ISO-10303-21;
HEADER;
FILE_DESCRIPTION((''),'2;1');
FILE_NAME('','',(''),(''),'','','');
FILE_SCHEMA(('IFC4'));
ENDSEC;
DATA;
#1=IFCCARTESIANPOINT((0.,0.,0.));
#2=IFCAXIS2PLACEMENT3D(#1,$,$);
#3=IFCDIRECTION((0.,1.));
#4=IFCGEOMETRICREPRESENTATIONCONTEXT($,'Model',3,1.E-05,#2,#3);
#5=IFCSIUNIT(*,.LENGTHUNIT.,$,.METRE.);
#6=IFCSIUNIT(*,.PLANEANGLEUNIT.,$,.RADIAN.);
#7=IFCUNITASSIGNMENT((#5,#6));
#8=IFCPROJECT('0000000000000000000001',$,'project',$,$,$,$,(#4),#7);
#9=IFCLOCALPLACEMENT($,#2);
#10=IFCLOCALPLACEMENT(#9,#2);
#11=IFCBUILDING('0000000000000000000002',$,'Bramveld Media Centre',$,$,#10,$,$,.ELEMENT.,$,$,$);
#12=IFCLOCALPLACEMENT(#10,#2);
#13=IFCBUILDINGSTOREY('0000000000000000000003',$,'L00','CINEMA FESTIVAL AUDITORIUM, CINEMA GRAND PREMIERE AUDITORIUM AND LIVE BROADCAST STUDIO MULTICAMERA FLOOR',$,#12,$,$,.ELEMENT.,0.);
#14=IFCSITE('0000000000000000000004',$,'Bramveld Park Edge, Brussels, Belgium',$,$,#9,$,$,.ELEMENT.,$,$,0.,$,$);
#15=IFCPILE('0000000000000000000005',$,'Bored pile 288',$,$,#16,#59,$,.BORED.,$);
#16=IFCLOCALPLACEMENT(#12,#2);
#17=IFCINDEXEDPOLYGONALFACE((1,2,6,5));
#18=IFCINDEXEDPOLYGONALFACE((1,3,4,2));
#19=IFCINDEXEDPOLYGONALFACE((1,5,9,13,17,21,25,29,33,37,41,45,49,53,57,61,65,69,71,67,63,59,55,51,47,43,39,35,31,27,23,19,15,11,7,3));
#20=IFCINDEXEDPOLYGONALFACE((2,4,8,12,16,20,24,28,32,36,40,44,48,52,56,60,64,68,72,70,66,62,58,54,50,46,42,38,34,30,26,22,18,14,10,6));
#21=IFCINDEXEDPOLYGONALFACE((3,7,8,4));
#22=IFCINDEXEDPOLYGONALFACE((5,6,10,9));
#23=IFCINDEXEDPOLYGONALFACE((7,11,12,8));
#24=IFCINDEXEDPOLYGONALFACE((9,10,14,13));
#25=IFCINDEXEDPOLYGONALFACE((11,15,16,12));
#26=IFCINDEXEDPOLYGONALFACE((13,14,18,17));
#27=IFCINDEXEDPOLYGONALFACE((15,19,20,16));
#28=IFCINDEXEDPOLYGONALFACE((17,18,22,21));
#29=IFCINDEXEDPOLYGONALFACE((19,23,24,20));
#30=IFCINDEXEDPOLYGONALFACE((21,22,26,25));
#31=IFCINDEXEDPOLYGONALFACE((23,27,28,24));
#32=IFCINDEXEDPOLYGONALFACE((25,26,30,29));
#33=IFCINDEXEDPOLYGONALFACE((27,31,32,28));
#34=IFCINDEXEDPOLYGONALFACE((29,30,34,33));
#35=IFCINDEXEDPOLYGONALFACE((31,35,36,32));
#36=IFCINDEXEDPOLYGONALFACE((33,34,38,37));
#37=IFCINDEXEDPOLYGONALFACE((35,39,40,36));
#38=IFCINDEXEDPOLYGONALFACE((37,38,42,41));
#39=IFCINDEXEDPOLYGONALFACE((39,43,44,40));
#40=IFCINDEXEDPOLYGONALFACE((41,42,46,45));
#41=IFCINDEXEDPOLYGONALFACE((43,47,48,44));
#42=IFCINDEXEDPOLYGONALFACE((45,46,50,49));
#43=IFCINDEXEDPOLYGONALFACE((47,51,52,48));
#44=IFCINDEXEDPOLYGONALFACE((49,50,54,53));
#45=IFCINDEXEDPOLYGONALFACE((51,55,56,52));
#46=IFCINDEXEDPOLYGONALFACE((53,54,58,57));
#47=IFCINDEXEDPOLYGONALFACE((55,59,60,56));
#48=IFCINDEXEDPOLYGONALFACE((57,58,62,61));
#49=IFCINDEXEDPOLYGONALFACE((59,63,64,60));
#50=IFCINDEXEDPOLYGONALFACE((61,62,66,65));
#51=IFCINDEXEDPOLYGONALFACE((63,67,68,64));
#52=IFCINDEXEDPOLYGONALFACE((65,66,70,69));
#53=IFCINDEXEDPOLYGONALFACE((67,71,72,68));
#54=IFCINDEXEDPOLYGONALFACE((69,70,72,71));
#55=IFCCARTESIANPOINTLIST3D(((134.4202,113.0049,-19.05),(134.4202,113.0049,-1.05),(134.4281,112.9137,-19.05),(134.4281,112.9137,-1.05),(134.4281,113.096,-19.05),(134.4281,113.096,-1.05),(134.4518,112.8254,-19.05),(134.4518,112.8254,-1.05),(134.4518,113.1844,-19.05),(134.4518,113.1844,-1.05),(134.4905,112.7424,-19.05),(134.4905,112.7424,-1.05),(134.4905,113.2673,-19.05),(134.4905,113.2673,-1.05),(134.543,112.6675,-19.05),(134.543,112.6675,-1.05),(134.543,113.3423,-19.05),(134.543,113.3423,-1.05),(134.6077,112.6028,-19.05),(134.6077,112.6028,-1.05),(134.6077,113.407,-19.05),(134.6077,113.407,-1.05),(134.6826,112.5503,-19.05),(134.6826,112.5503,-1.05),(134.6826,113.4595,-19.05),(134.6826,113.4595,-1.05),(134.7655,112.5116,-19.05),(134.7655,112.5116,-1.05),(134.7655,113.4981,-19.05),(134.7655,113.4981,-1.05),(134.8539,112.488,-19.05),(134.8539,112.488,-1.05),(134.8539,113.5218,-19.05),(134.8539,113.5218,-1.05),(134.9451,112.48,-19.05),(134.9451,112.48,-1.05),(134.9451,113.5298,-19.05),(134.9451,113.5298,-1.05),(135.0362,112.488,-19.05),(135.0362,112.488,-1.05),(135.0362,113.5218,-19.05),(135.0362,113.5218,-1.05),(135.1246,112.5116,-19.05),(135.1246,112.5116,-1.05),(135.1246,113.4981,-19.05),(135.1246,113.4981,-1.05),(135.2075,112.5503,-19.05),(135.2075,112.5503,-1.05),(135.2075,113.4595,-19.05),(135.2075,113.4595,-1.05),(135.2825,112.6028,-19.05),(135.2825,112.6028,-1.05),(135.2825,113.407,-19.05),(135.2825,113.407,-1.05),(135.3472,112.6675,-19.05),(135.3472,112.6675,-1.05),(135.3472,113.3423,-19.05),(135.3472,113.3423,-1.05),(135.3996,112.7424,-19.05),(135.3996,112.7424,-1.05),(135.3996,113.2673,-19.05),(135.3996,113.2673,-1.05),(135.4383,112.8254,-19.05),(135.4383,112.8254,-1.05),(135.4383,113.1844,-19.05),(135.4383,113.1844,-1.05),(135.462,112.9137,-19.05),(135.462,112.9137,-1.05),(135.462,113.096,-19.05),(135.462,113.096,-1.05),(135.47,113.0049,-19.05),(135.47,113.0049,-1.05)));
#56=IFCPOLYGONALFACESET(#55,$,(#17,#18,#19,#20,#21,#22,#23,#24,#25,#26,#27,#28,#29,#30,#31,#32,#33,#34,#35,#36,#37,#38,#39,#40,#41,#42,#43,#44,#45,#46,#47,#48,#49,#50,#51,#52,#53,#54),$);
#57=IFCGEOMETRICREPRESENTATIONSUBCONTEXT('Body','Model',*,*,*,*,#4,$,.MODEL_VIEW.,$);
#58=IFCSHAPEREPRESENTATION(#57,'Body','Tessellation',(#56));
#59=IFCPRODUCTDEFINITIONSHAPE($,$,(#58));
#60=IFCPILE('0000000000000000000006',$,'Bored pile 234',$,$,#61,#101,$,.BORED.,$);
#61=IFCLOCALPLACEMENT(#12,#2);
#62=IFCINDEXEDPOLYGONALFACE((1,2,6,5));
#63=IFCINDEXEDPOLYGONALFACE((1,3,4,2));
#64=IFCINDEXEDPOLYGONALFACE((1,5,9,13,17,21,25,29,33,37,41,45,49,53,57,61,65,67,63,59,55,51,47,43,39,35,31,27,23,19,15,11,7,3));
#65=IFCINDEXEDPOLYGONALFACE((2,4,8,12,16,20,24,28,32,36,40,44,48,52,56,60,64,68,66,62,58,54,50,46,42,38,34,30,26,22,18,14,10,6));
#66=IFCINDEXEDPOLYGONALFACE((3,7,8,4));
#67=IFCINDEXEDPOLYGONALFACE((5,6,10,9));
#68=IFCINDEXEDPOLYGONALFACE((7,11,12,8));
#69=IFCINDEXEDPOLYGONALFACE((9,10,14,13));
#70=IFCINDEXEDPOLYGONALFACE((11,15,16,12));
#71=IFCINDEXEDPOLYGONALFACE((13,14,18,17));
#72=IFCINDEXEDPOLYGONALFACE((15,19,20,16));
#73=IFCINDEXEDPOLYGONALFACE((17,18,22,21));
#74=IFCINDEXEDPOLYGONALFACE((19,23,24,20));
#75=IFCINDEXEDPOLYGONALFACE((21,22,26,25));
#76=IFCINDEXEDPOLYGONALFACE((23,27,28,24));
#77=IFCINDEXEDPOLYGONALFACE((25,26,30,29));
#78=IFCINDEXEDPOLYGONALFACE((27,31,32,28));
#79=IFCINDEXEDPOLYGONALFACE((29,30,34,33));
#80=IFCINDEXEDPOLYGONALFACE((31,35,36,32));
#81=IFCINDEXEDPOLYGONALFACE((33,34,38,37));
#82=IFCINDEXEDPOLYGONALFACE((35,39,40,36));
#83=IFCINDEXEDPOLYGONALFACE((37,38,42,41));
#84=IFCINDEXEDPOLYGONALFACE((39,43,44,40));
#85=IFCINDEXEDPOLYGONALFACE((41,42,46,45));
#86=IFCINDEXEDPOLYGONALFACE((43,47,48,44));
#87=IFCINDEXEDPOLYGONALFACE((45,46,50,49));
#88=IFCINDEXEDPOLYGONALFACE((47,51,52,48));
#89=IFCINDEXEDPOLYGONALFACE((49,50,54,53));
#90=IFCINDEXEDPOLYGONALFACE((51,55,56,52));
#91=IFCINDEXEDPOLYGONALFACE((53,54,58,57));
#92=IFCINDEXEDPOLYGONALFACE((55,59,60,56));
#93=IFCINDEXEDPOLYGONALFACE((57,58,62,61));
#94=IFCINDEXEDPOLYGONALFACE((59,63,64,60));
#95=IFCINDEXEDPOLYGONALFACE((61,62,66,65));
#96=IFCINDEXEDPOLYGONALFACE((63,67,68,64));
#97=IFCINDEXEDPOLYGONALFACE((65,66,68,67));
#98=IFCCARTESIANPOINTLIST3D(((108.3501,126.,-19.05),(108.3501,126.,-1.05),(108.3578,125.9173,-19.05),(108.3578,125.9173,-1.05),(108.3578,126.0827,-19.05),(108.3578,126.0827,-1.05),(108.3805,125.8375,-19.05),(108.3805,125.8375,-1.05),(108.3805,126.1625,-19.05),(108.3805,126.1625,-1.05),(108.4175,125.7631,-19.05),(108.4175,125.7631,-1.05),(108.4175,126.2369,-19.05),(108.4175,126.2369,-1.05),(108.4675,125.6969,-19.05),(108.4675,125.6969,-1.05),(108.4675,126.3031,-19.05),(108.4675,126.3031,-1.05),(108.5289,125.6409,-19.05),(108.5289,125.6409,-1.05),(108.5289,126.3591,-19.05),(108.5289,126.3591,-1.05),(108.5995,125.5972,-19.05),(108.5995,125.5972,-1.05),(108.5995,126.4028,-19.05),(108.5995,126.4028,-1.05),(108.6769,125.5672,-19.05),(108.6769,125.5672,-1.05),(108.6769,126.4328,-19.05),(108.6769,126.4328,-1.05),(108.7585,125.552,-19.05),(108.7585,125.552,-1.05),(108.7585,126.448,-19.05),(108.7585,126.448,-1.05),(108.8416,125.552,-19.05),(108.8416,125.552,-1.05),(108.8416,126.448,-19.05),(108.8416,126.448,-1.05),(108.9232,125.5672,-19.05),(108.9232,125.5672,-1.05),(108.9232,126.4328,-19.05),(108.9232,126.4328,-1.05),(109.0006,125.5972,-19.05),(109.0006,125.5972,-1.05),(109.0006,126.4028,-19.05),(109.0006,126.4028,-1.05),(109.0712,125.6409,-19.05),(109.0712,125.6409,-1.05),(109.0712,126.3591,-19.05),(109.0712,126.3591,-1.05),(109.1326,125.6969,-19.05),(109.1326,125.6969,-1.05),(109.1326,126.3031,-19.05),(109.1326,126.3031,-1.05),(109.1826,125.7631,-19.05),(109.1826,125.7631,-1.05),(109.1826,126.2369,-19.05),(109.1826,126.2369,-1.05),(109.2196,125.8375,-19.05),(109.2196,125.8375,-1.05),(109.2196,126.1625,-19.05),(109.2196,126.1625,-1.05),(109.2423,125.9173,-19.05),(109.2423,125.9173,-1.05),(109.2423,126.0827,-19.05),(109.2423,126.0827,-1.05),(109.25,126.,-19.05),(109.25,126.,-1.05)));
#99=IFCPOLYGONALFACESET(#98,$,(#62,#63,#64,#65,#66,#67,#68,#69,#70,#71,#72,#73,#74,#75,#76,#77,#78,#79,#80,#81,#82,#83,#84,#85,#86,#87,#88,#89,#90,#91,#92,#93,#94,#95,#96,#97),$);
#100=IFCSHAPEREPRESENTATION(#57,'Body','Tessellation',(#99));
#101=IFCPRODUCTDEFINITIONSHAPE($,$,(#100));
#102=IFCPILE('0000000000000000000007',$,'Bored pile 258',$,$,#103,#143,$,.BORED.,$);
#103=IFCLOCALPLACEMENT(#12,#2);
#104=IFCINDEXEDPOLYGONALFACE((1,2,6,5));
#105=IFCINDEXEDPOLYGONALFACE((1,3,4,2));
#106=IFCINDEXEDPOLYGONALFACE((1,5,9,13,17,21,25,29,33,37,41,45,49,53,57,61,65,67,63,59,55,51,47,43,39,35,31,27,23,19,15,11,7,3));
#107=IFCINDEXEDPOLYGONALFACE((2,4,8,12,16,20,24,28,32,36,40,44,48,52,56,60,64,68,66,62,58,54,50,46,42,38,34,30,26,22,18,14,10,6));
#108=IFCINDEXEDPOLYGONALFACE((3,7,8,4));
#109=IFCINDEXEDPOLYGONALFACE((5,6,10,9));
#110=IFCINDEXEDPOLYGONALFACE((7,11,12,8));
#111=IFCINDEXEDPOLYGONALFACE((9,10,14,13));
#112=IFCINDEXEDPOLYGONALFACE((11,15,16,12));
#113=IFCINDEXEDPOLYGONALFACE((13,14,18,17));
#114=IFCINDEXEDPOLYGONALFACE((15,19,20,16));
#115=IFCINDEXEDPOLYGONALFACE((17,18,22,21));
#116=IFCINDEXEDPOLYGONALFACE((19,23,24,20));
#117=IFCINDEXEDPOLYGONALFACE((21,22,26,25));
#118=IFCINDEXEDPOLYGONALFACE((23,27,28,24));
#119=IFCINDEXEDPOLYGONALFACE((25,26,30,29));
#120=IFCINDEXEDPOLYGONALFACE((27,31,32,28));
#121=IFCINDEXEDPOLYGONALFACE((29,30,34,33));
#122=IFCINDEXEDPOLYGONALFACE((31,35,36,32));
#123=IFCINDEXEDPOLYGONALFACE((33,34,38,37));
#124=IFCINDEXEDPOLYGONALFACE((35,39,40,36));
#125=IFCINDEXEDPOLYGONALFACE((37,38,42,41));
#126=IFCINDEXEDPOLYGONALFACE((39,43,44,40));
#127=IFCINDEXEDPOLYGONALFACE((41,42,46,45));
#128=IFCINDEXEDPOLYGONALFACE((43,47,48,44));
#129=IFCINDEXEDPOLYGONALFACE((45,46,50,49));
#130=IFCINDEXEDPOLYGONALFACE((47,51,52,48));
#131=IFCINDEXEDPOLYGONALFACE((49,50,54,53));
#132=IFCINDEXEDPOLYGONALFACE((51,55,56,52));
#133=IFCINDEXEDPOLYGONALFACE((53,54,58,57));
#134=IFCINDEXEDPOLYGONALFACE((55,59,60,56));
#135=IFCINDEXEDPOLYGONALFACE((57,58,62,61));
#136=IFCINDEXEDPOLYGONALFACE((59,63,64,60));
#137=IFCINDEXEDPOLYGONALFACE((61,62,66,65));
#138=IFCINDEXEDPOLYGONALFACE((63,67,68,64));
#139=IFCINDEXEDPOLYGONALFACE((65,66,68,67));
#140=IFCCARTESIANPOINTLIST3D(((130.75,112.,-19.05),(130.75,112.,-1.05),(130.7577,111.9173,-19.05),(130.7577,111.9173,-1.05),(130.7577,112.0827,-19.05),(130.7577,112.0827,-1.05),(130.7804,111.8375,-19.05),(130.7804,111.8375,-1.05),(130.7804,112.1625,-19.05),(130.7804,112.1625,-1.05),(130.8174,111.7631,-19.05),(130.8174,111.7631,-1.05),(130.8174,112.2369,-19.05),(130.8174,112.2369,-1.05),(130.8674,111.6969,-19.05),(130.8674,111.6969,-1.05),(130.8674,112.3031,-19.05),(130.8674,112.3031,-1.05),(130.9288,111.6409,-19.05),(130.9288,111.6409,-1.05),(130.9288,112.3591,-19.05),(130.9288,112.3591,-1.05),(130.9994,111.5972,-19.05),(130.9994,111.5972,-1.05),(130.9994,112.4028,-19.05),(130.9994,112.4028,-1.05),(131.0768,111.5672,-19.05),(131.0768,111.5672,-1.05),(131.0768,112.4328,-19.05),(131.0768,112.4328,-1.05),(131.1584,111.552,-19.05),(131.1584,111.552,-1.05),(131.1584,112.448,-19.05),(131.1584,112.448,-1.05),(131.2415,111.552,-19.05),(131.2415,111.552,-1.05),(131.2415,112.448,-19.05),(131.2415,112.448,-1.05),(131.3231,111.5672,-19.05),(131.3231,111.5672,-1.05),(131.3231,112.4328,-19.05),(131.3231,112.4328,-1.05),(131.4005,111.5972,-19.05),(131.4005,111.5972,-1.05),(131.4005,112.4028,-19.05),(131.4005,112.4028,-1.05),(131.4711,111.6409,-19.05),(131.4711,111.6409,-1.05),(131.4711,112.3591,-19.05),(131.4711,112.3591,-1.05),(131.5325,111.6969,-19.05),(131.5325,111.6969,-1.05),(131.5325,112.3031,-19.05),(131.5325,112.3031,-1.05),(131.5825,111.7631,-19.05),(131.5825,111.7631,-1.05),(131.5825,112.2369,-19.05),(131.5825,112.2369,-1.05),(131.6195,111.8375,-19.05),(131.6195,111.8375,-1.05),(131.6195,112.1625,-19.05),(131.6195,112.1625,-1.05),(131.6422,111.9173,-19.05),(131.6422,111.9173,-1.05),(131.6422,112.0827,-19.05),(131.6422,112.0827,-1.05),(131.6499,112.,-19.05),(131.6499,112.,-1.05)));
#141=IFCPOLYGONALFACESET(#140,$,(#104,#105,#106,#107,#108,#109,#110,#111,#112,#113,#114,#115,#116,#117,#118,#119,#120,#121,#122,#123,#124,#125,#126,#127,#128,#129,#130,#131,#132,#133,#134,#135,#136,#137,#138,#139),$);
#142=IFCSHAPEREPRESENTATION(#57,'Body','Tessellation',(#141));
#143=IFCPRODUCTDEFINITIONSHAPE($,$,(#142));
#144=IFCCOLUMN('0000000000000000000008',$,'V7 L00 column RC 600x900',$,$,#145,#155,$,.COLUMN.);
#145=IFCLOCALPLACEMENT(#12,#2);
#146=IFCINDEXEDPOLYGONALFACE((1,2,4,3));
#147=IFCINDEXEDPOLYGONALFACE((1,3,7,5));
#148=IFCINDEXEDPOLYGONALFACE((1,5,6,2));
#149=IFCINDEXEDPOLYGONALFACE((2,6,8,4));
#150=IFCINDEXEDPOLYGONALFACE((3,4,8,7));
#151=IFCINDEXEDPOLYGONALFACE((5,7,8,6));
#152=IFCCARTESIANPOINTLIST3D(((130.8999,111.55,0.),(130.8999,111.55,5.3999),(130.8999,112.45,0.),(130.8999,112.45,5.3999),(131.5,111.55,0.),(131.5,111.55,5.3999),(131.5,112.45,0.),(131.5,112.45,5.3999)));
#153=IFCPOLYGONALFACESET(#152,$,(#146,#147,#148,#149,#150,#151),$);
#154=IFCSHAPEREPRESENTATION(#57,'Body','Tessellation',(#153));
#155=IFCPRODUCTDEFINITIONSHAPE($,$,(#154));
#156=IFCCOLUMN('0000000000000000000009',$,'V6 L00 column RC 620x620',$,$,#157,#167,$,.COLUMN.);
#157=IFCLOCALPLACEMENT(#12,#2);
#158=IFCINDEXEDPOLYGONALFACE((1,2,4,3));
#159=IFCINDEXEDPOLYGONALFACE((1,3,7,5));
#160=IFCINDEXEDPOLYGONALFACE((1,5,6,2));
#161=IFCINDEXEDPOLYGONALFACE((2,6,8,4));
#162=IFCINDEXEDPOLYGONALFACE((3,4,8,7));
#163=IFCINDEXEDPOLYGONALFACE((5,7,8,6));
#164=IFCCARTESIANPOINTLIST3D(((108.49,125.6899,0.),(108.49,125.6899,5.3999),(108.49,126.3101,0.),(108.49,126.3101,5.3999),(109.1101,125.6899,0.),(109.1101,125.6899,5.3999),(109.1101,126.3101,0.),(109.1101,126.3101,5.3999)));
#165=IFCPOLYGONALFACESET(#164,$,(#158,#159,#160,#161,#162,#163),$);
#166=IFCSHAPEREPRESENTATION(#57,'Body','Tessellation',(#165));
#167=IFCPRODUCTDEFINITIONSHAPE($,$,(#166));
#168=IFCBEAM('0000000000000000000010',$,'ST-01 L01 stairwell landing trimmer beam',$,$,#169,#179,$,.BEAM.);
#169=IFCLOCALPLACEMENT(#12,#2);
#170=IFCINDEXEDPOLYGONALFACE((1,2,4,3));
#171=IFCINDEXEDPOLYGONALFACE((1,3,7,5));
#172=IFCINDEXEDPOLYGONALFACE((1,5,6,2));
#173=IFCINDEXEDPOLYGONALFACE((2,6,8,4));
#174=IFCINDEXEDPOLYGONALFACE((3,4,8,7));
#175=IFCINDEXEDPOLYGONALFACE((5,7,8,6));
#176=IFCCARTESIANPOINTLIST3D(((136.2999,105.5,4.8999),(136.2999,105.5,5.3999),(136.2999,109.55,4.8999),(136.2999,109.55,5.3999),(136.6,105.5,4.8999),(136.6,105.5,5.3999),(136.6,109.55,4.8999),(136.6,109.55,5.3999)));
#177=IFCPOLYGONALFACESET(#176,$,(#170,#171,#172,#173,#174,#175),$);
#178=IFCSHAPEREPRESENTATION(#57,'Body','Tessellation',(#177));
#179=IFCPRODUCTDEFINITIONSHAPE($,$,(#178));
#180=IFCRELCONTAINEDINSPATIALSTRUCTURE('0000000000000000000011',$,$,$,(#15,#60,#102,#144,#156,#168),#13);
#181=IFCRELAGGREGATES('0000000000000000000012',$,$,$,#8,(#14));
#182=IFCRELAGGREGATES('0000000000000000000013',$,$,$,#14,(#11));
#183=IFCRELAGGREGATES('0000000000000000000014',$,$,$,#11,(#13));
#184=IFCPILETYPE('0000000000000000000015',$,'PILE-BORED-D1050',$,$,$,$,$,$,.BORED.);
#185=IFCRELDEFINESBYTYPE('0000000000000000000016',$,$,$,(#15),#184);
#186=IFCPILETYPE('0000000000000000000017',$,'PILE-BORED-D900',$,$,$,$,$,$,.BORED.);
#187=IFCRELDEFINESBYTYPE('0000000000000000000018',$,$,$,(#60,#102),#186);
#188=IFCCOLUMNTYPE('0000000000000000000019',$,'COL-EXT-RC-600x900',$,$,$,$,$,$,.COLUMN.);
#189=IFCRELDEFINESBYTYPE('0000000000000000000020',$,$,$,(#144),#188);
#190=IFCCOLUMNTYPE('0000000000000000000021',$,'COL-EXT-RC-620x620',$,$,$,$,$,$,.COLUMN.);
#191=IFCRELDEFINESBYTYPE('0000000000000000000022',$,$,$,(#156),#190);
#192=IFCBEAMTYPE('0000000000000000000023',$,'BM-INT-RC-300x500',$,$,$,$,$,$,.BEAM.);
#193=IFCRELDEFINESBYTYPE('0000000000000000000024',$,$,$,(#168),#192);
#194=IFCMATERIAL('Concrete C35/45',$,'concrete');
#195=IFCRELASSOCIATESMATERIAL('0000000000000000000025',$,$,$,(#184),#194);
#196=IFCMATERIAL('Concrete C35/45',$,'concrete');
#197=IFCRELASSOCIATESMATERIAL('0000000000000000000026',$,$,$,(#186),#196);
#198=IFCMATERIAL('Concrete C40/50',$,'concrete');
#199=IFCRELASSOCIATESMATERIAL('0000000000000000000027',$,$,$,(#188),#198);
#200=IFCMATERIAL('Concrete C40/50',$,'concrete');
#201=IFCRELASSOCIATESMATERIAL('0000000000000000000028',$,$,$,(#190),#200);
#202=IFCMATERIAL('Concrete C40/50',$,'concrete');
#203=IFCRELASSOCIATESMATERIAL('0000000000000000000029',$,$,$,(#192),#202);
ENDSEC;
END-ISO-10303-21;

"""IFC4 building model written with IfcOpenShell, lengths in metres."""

from ifc_helpers import new_model, si_unit, direction, frame, origin, origin_2d, place, context, subcontext, project, spatial, rectangle, circle, extrude, material, material_profile, profile_set, type_object, element, save


model = new_model("IFC4")

# Units and contexts
model_context = context("Model", 3, precision=1e-05, world=origin(), true_north=direction((0.0, 1.0)))
body_context = subcontext(model_context, "Body", "Model", "MODEL_VIEW")
ifc_project = project(units=[si_unit("LENGTHUNIT", "METRE"), si_unit("PLANEANGLEUNIT", "RADIAN")], contexts=[model_context])

# Site, building, storey
site_placement = place(None, origin())
site = spatial("IfcSite", under=ifc_project, at=site_placement, Name="Bramveld Park Edge, Brussels, Belgium", CompositionType="ELEMENT", RefElevation=0.0)
building_placement = place(site_placement, origin())
building = spatial("IfcBuilding", under=site, at=building_placement, Name="Bramveld Media Centre", CompositionType="ELEMENT")
storey_placement = place(building_placement, origin())
storey = spatial("IfcBuildingStorey", under=building, at=storey_placement, Name="L00", Description="CINEMA FESTIVAL AUDITORIUM, CINEMA GRAND PREMIERE AUDITORIUM AND LIVE BROADCAST STUDIO MULTICAMERA FLOOR", CompositionType="ELEMENT", Elevation=0.0)

# Piles
ifc_material_1 = material(Name="Concrete C35/45", Category="concrete")
ifc_material_profile_1 = material_profile(ifc_material_1, circle(Radius=0.5249, at=origin_2d()), Name="BORED D1050")
ifc_profile_set_1 = profile_set([ifc_material_profile_1], Name="Concrete C35/45")
pile_type_1 = type_object("IfcPileType", Name="PILE-BORED-D1050", PredefinedType="BORED", material=ifc_profile_set_1)
for number, where, z_axis, x_axis, name in (
    (1, (134.9451, 113.0049, -1.05), (0.0, 0.0, -1.0), (1.0, 0.0, 0.0), "Bored pile 288"),
):
    element("IfcPile", number, at=place(storey_placement, frame(where, z_axis=z_axis, x_axis=x_axis)), inside=storey, type_object=pile_type_1, Name=name, PredefinedType="BORED", context=body_context, shape_type="SweptSolid", body=[
        extrude(circle(Radius=0.5249, at=origin_2d()), origin(), (0.0, 0.0, 1.0), 18.0),
    ])
ifc_material_2 = material(Name="Concrete C35/45", Category="concrete")
ifc_material_profile_2 = material_profile(ifc_material_2, circle(Radius=0.45, at=origin_2d()), Name="BORED D900")
ifc_profile_set_2 = profile_set([ifc_material_profile_2], Name="Concrete C35/45")
pile_type_2 = type_object("IfcPileType", Name="PILE-BORED-D900", PredefinedType="BORED", material=ifc_profile_set_2)
for number, where, z_axis, x_axis, name in (
    (2, (108.8, 126.0, -1.05), (0.0, 0.0, -1.0), (1.0, 0.0, 0.0), "Bored pile 234"),
    (3, (131.2, 112.0, -1.05), (0.0, 0.0, -1.0), (1.0, 0.0, 0.0), "Bored pile 258"),
):
    element("IfcPile", number, at=place(storey_placement, frame(where, z_axis=z_axis, x_axis=x_axis)), inside=storey, type_object=pile_type_2, Name=name, PredefinedType="BORED", context=body_context, shape_type="SweptSolid", body=[
        extrude(circle(Radius=0.45, at=origin_2d()), origin(), (0.0, 0.0, 1.0), 18.0),
    ])

# Columns
ifc_material_3 = material(Name="Concrete C40/50", Category="concrete")
ifc_material_profile_3 = material_profile(ifc_material_3, rectangle(XDim=0.6001, YDim=0.8999, at=origin_2d()), Name="RC 600x900")
ifc_profile_set_3 = profile_set([ifc_material_profile_3], Name="Concrete C40/50")
column_type_1 = type_object("IfcColumnType", Name="COL-EXT-RC-600x900", PredefinedType="COLUMN", material=ifc_profile_set_3)
column_1_placement = place(storey_placement, frame((131.2, 112.0, 0.0), z_axis=(0.0, 0.0, 1.0), x_axis=(1.0, 0.0, 0.0)))
element("IfcColumn", 4, at=column_1_placement, inside=storey, type_object=column_type_1, Name="V7 L00 column RC 600x900", PredefinedType="COLUMN", context=body_context, shape_type="SweptSolid", body=[
    extrude(rectangle(XDim=0.6001, YDim=0.8999, at=origin_2d()), origin(), (0.0, 0.0, 1.0), 5.3999),
])
ifc_material_4 = material(Name="Concrete C40/50", Category="concrete")
ifc_material_profile_4 = material_profile(ifc_material_4, rectangle(XDim=0.6201, YDim=0.6201, at=origin_2d()), Name="RC 620x620")
ifc_profile_set_4 = profile_set([ifc_material_profile_4], Name="Concrete C40/50")
column_type_2 = type_object("IfcColumnType", Name="COL-EXT-RC-620x620", PredefinedType="COLUMN", material=ifc_profile_set_4)
column_2_placement = place(storey_placement, frame((108.8, 126.0, 0.0), z_axis=(0.0, 0.0, 1.0), x_axis=(1.0, 0.0, 0.0)))
element("IfcColumn", 5, at=column_2_placement, inside=storey, type_object=column_type_2, Name="V6 L00 column RC 620x620", PredefinedType="COLUMN", context=body_context, shape_type="SweptSolid", body=[
    extrude(rectangle(XDim=0.6201, YDim=0.6201, at=origin_2d()), origin(), (0.0, 0.0, 1.0), 5.3999),
])

# Beam
ifc_material_5 = material(Name="Concrete C40/50", Category="concrete")
ifc_material_profile_5 = material_profile(ifc_material_5, rectangle(XDim=0.3, YDim=0.5, at=origin_2d()), Name="RC 300x500")
ifc_profile_set_5 = profile_set([ifc_material_profile_5], Name="Concrete C40/50")
beam_type_1 = type_object("IfcBeamType", Name="BM-INT-RC-300x500", PredefinedType="BEAM", material=ifc_profile_set_5)
beam_1_placement = place(storey_placement, frame((136.45, 105.5, 5.1499), z_axis=(0.0, 1.0, 0.0), x_axis=(-1.0, 0.0, 0.0)))
element("IfcBeam", 6, at=beam_1_placement, inside=storey, type_object=beam_type_1, Name="ST-01 L01 stairwell landing trimmer beam", PredefinedType="BEAM", context=body_context, shape_type="SweptSolid", body=[
    extrude(rectangle(XDim=0.3, YDim=0.5, at=origin_2d()), origin(), (0.0, 0.0, 1.0), 4.05),
])

save(model, "model.ifc")
